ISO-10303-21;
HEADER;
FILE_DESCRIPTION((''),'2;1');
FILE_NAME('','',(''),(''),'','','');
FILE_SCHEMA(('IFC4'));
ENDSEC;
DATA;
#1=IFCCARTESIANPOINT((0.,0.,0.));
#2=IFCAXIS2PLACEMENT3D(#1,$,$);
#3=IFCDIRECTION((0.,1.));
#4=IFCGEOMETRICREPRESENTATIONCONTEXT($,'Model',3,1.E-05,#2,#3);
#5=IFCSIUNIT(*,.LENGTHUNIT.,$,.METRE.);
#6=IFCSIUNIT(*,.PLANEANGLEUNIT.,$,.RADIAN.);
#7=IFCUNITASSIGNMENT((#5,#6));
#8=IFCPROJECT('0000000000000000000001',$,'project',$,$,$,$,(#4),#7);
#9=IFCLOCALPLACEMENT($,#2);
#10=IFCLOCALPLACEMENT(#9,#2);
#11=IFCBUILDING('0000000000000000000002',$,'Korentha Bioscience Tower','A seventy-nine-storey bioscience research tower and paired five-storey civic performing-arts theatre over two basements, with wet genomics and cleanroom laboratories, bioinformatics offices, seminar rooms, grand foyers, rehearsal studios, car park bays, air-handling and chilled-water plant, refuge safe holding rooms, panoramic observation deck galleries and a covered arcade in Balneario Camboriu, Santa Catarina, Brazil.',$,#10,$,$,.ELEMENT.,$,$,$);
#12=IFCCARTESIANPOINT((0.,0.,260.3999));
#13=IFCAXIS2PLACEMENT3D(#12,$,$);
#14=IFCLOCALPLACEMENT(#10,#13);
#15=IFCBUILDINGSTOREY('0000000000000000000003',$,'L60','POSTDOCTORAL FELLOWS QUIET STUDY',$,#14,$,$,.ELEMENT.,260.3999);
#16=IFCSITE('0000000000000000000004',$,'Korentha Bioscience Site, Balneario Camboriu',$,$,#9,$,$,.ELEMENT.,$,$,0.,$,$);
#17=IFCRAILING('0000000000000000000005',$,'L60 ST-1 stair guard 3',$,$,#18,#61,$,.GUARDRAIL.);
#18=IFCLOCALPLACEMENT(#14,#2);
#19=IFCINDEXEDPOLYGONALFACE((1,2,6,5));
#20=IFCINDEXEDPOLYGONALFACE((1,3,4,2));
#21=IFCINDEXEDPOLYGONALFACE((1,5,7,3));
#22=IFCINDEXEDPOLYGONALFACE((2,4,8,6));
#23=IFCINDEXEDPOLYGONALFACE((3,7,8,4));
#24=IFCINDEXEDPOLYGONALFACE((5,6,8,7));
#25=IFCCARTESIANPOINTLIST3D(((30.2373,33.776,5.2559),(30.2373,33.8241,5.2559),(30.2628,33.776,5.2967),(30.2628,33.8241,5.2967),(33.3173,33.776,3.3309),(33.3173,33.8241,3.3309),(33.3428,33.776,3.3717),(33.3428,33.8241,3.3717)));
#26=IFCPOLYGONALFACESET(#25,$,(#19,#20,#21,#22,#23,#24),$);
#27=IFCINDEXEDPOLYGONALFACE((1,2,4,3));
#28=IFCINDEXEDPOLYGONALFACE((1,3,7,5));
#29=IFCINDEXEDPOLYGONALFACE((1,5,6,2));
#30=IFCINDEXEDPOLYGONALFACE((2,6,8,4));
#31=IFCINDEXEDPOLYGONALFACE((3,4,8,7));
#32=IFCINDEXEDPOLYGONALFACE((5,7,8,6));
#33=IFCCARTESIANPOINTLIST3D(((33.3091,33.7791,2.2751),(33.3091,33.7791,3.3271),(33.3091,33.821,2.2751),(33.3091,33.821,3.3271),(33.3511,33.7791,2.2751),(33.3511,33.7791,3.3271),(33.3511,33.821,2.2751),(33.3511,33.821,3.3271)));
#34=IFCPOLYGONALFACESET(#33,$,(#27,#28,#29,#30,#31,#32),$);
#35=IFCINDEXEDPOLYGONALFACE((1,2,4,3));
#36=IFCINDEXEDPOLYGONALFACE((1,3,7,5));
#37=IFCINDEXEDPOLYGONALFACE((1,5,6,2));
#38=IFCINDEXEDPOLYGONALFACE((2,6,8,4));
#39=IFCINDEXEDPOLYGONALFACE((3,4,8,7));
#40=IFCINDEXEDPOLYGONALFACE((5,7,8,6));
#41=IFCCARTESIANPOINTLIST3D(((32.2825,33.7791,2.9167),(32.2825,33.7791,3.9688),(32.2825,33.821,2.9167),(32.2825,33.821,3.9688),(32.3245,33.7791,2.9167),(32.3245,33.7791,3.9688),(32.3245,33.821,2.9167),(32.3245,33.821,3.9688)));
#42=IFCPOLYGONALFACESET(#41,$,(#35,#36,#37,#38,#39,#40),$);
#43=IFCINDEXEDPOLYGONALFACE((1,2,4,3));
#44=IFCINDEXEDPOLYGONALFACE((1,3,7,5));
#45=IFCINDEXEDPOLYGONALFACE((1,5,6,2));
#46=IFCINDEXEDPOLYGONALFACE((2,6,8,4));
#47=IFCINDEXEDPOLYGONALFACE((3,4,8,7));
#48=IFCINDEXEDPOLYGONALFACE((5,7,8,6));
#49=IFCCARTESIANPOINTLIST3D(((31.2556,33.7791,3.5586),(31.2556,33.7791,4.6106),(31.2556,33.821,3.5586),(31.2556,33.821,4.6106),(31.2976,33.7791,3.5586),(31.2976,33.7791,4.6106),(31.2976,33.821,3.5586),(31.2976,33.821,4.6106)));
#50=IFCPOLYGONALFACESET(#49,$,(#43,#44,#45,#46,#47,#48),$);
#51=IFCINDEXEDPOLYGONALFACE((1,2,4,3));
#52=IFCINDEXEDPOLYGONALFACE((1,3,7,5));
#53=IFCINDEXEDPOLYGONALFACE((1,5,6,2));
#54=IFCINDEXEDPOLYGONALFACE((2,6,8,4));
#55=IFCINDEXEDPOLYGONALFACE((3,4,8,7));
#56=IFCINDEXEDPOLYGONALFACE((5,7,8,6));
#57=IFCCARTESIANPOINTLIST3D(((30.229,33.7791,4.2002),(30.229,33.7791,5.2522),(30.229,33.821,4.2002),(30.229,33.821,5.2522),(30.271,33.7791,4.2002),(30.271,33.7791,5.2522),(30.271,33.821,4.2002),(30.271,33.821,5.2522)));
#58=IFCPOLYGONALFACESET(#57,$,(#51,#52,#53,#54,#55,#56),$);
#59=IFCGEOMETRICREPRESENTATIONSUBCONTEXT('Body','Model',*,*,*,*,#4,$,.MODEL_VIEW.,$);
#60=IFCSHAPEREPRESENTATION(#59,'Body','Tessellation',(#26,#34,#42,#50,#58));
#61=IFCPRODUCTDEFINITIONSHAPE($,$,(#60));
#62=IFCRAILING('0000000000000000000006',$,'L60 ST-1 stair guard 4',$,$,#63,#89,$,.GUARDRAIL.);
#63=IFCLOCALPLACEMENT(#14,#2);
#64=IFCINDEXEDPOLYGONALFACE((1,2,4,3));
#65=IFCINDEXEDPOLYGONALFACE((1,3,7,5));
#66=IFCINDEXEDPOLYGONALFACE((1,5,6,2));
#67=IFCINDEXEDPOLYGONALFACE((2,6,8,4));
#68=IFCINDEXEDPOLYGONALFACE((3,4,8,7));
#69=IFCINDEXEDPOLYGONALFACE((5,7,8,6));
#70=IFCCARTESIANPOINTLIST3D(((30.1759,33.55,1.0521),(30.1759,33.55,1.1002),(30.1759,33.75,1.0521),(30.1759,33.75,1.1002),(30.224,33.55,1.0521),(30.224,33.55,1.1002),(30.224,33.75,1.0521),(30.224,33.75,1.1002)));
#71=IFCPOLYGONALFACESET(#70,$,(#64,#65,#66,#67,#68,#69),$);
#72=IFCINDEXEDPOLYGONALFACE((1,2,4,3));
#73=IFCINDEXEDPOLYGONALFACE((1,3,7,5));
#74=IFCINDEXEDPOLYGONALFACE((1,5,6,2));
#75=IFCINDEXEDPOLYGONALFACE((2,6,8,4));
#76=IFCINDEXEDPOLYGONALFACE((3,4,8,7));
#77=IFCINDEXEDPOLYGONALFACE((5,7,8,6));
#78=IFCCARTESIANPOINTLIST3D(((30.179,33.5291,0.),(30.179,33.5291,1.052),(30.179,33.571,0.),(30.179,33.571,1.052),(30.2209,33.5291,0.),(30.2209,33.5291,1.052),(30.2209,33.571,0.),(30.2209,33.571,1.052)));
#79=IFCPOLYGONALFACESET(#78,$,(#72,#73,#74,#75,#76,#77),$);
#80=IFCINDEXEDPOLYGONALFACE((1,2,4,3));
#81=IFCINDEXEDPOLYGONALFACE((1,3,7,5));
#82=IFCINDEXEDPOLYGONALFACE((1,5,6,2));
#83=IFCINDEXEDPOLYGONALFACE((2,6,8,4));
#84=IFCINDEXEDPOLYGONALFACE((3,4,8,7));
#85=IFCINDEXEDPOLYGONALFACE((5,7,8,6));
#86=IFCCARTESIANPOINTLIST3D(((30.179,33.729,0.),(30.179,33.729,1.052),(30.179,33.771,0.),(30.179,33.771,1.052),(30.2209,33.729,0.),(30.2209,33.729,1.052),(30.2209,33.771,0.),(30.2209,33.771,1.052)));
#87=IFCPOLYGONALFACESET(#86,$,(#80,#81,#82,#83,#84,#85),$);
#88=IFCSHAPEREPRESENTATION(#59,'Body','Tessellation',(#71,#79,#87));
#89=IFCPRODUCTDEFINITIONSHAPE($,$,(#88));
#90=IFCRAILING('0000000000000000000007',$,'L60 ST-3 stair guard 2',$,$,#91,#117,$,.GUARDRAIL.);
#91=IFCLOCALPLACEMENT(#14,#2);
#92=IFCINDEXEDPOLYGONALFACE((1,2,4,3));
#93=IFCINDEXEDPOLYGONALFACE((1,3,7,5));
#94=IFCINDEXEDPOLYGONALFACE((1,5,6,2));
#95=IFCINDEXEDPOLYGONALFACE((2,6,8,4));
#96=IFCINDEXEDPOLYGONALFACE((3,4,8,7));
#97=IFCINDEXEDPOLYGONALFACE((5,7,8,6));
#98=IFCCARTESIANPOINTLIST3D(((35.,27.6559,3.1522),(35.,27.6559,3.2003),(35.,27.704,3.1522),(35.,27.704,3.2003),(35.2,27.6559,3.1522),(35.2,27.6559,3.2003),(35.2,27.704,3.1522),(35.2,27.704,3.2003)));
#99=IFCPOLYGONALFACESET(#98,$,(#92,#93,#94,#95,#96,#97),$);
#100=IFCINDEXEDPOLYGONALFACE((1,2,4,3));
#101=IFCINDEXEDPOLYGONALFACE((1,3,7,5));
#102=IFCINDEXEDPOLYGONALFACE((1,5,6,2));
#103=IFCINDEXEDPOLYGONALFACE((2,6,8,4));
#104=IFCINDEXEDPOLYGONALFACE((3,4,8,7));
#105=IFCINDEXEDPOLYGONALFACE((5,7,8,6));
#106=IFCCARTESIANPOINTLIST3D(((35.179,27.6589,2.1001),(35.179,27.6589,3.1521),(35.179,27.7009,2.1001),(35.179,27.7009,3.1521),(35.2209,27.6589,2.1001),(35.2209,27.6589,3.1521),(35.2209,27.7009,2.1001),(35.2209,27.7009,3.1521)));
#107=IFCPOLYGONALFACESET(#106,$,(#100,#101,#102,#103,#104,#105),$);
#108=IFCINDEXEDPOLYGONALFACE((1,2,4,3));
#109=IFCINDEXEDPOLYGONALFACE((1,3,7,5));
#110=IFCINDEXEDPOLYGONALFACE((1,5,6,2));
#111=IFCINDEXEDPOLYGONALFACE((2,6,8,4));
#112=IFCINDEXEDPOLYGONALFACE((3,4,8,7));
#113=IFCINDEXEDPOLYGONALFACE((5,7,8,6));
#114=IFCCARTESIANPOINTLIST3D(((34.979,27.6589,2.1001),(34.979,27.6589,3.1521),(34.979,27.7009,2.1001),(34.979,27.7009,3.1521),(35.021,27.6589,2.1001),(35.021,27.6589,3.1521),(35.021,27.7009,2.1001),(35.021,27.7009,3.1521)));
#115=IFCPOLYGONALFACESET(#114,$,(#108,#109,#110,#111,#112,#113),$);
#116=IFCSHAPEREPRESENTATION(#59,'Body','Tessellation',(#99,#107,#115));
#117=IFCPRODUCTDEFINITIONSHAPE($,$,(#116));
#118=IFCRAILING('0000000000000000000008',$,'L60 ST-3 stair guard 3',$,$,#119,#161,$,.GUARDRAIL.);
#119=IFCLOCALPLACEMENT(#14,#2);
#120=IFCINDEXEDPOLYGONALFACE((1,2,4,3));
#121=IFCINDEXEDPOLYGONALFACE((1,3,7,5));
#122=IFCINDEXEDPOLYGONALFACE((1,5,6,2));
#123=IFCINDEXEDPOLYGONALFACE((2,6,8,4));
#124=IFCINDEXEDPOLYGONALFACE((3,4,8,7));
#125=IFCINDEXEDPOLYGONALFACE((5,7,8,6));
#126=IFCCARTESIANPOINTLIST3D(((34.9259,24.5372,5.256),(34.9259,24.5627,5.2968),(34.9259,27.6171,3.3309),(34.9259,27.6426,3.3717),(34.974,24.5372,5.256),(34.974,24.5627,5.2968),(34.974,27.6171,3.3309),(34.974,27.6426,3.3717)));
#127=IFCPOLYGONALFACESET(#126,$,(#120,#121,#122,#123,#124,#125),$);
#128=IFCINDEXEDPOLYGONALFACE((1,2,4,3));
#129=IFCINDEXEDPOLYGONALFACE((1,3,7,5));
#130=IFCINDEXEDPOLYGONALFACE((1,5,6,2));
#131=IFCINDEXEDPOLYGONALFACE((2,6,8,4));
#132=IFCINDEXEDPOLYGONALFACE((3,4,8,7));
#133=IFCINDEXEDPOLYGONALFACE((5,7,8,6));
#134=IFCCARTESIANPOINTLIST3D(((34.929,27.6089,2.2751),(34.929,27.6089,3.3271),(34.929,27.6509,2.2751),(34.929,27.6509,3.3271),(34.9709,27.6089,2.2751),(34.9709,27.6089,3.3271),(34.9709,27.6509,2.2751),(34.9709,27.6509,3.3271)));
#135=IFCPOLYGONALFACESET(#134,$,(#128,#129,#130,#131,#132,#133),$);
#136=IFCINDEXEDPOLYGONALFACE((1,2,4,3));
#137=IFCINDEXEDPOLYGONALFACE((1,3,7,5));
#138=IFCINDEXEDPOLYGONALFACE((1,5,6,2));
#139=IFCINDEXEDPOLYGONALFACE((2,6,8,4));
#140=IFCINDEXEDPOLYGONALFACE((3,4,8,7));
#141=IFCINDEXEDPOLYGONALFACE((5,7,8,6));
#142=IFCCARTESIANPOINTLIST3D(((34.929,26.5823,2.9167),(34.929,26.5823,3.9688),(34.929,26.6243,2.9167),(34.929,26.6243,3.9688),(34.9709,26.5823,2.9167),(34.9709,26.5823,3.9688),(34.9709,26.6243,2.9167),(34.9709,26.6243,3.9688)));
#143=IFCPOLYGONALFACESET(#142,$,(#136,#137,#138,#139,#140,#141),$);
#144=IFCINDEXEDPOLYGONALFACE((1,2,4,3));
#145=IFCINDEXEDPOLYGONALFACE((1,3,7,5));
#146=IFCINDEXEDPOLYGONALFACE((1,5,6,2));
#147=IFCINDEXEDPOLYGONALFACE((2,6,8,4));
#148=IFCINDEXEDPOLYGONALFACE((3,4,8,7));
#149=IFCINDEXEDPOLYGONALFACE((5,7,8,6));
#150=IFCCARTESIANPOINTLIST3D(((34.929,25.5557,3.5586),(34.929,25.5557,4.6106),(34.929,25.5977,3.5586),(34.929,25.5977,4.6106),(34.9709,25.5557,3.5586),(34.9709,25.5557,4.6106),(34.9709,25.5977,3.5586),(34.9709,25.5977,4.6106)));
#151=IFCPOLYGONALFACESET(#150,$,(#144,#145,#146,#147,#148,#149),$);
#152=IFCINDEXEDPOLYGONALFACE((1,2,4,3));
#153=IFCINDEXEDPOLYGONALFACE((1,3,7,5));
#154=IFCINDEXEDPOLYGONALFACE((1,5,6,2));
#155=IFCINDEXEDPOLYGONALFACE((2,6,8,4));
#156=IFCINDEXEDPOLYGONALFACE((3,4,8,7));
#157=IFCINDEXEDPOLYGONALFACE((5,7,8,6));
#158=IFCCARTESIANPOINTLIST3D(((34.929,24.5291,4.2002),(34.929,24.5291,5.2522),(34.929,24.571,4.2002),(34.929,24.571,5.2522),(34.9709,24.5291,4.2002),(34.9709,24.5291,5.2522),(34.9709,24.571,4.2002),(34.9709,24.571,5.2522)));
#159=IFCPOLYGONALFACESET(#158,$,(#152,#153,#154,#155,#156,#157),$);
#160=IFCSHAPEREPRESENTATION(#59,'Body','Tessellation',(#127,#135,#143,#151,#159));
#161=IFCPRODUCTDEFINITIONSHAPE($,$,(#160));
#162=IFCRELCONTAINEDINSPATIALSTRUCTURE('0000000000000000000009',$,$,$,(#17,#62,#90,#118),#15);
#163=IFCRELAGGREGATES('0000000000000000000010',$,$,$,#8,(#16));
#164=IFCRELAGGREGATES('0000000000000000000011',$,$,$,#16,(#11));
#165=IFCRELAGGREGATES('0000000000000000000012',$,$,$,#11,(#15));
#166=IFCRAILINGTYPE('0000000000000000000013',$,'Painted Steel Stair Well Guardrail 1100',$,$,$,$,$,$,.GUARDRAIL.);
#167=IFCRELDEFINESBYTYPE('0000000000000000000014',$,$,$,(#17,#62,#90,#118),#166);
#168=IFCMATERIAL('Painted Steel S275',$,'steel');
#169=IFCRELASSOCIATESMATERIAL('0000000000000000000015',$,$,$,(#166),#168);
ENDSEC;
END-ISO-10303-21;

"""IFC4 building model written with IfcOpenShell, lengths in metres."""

from ifc_helpers import new_model, si_unit, direction, frame, origin, origin_2d, place, context, subcontext, project, spatial, rectangle, extrude, material, type_object, element, save


model = new_model("IFC4")

# Units and contexts
model_context = context("Model", 3, precision=1e-05, world=origin(), true_north=direction((0.0, 1.0)))
body_context = subcontext(model_context, "Body", "Model", "MODEL_VIEW")
ifc_project = project(units=[si_unit("LENGTHUNIT", "METRE"), si_unit("PLANEANGLEUNIT", "RADIAN")], contexts=[model_context])

# Site, building, storey
site_placement = place(None, origin())
site = spatial("IfcSite", under=ifc_project, at=site_placement, Name="Korentha Bioscience Site, Balneario Camboriu", CompositionType="ELEMENT", RefElevation=0.0)
building_placement = place(site_placement, origin())
building = spatial("IfcBuilding", under=site, at=building_placement, Name="Korentha Bioscience Tower", Description="A seventy-nine-storey bioscience research tower and paired five-storey civic performing-arts theatre over two basements, with wet genomics and cleanroom laboratories, bioinformatics offices, seminar rooms, grand foyers, rehearsal studios, car park bays, air-handling and chilled-water plant, refuge safe holding rooms, panoramic observation deck galleries and a covered arcade in Balneario Camboriu, Santa Catarina, Brazil.", CompositionType="ELEMENT")
storey_placement = place(building_placement, frame((0.0, 0.0, 260.3999)))
storey = spatial("IfcBuildingStorey", under=building, at=storey_placement, Name="L60", Description="POSTDOCTORAL FELLOWS QUIET STUDY", CompositionType="ELEMENT", Elevation=260.3999)

# Railings
ifc_material_1 = material(Name="Painted Steel S275", Category="steel")
railing_type_1 = type_object("IfcRailingType", Name="Painted Steel Stair Well Guardrail 1100", PredefinedType="GUARDRAIL", material=ifc_material_1)
railing_1_placement = place(storey_placement, frame((33.3301, 33.8, 2.2751)))
element("IfcRailing", 1, at=railing_1_placement, inside=storey, type_object=railing_type_1, Name="L60 ST-1 stair guard 3", PredefinedType="GUARDRAIL", context=body_context, shape_type="SweptSolid", body=[
    extrude(rectangle(XDim=0.0481, YDim=0.0481, at=origin_2d()), frame((0.0, 0.0, 1.0762), z_axis=(-0.847998, 0.0, 0.529999), x_axis=(0.0, -1.0, 0.0)), (0.0, 0.0, 1.0), 3.6321),
    extrude(rectangle(XDim=0.042, YDim=0.042, at=origin_2d()), origin(), (0.0, 0.0, 1.0), 1.052),
    extrude(rectangle(XDim=0.042, YDim=0.042, at=origin_2d()), frame((-1.0266, 0.0, 0.6416)), (0.0, 0.0, 1.0), 1.052),
    extrude(rectangle(XDim=0.042, YDim=0.042, at=origin_2d()), frame((-2.0535, 0.0, 1.2834)), (0.0, 0.0, 1.0), 1.052),
    extrude(rectangle(XDim=0.042, YDim=0.042, at=origin_2d()), frame((-3.0801, 0.0, 1.925)), (0.0, 0.0, 1.0), 1.052),
])
railing_2_placement = place(storey_placement, frame((30.2, 33.55, 0.0)))
element("IfcRailing", 2, at=railing_2_placement, inside=storey, type_object=railing_type_1, Name="L60 ST-1 stair guard 4", PredefinedType="GUARDRAIL", context=body_context, shape_type="SweptSolid", body=[
    extrude(rectangle(XDim=0.0481, YDim=0.0481, at=origin_2d()), frame((0.0, 0.0, 1.0762), z_axis=(0.0, 1.0, 0.0), x_axis=(-1.0, 0.0, 0.0)), (0.0, 0.0, 1.0), 0.2),
    extrude(rectangle(XDim=0.042, YDim=0.042, at=origin_2d()), origin(), (0.0, 0.0, 1.0), 1.052),
    extrude(rectangle(XDim=0.042, YDim=0.042, at=origin_2d()), frame((0.0, 0.2, 0.0)), (0.0, 0.0, 1.0), 1.052),
])
railing_3_placement = place(storey_placement, frame((35.2, 27.6799, 2.1001)))
element("IfcRailing", 3, at=railing_3_placement, inside=storey, type_object=railing_type_1, Name="L60 ST-3 stair guard 2", PredefinedType="GUARDRAIL", context=body_context, shape_type="SweptSolid", body=[
    extrude(rectangle(XDim=0.0481, YDim=0.0481, at=origin_2d()), frame((0.0, 0.0, 1.0762), z_axis=(-1.0, 0.0, 0.0), x_axis=(0.0, -1.0, 0.0)), (0.0, 0.0, 1.0), 0.2),
    extrude(rectangle(XDim=0.042, YDim=0.042, at=origin_2d()), origin(), (0.0, 0.0, 1.0), 1.052),
    extrude(rectangle(XDim=0.042, YDim=0.042, at=origin_2d()), frame((-0.2, 0.0, 0.0)), (0.0, 0.0, 1.0), 1.052),
])
railing_4_placement = place(storey_placement, frame((34.95, 27.6299, 2.2751)))
element("IfcRailing", 4, at=railing_4_placement, inside=storey, type_object=railing_type_1, Name="L60 ST-3 stair guard 3", PredefinedType="GUARDRAIL", context=body_context, shape_type="SweptSolid", body=[
    extrude(rectangle(XDim=0.0481, YDim=0.0481, at=origin_2d()), frame((0.0, 0.0, 1.0762), z_axis=(0.0, -0.847979, 0.530029), x_axis=(1.0, 0.0, 0.0)), (0.0, 0.0, 1.0), 3.6321),
    extrude(rectangle(XDim=0.042, YDim=0.042, at=origin_2d()), origin(), (0.0, 0.0, 1.0), 1.052),
    extrude(rectangle(XDim=0.042, YDim=0.042, at=origin_2d()), frame((0.0, -1.0266, 0.6416)), (0.0, 0.0, 1.0), 1.052),
    extrude(rectangle(XDim=0.042, YDim=0.042, at=origin_2d()), frame((0.0, -2.0532, 1.2834)), (0.0, 0.0, 1.0), 1.052),
    extrude(rectangle(XDim=0.042, YDim=0.042, at=origin_2d()), frame((0.0, -3.0798, 1.925)), (0.0, 0.0, 1.0), 1.052),
])

save(model, "model.ifc")
